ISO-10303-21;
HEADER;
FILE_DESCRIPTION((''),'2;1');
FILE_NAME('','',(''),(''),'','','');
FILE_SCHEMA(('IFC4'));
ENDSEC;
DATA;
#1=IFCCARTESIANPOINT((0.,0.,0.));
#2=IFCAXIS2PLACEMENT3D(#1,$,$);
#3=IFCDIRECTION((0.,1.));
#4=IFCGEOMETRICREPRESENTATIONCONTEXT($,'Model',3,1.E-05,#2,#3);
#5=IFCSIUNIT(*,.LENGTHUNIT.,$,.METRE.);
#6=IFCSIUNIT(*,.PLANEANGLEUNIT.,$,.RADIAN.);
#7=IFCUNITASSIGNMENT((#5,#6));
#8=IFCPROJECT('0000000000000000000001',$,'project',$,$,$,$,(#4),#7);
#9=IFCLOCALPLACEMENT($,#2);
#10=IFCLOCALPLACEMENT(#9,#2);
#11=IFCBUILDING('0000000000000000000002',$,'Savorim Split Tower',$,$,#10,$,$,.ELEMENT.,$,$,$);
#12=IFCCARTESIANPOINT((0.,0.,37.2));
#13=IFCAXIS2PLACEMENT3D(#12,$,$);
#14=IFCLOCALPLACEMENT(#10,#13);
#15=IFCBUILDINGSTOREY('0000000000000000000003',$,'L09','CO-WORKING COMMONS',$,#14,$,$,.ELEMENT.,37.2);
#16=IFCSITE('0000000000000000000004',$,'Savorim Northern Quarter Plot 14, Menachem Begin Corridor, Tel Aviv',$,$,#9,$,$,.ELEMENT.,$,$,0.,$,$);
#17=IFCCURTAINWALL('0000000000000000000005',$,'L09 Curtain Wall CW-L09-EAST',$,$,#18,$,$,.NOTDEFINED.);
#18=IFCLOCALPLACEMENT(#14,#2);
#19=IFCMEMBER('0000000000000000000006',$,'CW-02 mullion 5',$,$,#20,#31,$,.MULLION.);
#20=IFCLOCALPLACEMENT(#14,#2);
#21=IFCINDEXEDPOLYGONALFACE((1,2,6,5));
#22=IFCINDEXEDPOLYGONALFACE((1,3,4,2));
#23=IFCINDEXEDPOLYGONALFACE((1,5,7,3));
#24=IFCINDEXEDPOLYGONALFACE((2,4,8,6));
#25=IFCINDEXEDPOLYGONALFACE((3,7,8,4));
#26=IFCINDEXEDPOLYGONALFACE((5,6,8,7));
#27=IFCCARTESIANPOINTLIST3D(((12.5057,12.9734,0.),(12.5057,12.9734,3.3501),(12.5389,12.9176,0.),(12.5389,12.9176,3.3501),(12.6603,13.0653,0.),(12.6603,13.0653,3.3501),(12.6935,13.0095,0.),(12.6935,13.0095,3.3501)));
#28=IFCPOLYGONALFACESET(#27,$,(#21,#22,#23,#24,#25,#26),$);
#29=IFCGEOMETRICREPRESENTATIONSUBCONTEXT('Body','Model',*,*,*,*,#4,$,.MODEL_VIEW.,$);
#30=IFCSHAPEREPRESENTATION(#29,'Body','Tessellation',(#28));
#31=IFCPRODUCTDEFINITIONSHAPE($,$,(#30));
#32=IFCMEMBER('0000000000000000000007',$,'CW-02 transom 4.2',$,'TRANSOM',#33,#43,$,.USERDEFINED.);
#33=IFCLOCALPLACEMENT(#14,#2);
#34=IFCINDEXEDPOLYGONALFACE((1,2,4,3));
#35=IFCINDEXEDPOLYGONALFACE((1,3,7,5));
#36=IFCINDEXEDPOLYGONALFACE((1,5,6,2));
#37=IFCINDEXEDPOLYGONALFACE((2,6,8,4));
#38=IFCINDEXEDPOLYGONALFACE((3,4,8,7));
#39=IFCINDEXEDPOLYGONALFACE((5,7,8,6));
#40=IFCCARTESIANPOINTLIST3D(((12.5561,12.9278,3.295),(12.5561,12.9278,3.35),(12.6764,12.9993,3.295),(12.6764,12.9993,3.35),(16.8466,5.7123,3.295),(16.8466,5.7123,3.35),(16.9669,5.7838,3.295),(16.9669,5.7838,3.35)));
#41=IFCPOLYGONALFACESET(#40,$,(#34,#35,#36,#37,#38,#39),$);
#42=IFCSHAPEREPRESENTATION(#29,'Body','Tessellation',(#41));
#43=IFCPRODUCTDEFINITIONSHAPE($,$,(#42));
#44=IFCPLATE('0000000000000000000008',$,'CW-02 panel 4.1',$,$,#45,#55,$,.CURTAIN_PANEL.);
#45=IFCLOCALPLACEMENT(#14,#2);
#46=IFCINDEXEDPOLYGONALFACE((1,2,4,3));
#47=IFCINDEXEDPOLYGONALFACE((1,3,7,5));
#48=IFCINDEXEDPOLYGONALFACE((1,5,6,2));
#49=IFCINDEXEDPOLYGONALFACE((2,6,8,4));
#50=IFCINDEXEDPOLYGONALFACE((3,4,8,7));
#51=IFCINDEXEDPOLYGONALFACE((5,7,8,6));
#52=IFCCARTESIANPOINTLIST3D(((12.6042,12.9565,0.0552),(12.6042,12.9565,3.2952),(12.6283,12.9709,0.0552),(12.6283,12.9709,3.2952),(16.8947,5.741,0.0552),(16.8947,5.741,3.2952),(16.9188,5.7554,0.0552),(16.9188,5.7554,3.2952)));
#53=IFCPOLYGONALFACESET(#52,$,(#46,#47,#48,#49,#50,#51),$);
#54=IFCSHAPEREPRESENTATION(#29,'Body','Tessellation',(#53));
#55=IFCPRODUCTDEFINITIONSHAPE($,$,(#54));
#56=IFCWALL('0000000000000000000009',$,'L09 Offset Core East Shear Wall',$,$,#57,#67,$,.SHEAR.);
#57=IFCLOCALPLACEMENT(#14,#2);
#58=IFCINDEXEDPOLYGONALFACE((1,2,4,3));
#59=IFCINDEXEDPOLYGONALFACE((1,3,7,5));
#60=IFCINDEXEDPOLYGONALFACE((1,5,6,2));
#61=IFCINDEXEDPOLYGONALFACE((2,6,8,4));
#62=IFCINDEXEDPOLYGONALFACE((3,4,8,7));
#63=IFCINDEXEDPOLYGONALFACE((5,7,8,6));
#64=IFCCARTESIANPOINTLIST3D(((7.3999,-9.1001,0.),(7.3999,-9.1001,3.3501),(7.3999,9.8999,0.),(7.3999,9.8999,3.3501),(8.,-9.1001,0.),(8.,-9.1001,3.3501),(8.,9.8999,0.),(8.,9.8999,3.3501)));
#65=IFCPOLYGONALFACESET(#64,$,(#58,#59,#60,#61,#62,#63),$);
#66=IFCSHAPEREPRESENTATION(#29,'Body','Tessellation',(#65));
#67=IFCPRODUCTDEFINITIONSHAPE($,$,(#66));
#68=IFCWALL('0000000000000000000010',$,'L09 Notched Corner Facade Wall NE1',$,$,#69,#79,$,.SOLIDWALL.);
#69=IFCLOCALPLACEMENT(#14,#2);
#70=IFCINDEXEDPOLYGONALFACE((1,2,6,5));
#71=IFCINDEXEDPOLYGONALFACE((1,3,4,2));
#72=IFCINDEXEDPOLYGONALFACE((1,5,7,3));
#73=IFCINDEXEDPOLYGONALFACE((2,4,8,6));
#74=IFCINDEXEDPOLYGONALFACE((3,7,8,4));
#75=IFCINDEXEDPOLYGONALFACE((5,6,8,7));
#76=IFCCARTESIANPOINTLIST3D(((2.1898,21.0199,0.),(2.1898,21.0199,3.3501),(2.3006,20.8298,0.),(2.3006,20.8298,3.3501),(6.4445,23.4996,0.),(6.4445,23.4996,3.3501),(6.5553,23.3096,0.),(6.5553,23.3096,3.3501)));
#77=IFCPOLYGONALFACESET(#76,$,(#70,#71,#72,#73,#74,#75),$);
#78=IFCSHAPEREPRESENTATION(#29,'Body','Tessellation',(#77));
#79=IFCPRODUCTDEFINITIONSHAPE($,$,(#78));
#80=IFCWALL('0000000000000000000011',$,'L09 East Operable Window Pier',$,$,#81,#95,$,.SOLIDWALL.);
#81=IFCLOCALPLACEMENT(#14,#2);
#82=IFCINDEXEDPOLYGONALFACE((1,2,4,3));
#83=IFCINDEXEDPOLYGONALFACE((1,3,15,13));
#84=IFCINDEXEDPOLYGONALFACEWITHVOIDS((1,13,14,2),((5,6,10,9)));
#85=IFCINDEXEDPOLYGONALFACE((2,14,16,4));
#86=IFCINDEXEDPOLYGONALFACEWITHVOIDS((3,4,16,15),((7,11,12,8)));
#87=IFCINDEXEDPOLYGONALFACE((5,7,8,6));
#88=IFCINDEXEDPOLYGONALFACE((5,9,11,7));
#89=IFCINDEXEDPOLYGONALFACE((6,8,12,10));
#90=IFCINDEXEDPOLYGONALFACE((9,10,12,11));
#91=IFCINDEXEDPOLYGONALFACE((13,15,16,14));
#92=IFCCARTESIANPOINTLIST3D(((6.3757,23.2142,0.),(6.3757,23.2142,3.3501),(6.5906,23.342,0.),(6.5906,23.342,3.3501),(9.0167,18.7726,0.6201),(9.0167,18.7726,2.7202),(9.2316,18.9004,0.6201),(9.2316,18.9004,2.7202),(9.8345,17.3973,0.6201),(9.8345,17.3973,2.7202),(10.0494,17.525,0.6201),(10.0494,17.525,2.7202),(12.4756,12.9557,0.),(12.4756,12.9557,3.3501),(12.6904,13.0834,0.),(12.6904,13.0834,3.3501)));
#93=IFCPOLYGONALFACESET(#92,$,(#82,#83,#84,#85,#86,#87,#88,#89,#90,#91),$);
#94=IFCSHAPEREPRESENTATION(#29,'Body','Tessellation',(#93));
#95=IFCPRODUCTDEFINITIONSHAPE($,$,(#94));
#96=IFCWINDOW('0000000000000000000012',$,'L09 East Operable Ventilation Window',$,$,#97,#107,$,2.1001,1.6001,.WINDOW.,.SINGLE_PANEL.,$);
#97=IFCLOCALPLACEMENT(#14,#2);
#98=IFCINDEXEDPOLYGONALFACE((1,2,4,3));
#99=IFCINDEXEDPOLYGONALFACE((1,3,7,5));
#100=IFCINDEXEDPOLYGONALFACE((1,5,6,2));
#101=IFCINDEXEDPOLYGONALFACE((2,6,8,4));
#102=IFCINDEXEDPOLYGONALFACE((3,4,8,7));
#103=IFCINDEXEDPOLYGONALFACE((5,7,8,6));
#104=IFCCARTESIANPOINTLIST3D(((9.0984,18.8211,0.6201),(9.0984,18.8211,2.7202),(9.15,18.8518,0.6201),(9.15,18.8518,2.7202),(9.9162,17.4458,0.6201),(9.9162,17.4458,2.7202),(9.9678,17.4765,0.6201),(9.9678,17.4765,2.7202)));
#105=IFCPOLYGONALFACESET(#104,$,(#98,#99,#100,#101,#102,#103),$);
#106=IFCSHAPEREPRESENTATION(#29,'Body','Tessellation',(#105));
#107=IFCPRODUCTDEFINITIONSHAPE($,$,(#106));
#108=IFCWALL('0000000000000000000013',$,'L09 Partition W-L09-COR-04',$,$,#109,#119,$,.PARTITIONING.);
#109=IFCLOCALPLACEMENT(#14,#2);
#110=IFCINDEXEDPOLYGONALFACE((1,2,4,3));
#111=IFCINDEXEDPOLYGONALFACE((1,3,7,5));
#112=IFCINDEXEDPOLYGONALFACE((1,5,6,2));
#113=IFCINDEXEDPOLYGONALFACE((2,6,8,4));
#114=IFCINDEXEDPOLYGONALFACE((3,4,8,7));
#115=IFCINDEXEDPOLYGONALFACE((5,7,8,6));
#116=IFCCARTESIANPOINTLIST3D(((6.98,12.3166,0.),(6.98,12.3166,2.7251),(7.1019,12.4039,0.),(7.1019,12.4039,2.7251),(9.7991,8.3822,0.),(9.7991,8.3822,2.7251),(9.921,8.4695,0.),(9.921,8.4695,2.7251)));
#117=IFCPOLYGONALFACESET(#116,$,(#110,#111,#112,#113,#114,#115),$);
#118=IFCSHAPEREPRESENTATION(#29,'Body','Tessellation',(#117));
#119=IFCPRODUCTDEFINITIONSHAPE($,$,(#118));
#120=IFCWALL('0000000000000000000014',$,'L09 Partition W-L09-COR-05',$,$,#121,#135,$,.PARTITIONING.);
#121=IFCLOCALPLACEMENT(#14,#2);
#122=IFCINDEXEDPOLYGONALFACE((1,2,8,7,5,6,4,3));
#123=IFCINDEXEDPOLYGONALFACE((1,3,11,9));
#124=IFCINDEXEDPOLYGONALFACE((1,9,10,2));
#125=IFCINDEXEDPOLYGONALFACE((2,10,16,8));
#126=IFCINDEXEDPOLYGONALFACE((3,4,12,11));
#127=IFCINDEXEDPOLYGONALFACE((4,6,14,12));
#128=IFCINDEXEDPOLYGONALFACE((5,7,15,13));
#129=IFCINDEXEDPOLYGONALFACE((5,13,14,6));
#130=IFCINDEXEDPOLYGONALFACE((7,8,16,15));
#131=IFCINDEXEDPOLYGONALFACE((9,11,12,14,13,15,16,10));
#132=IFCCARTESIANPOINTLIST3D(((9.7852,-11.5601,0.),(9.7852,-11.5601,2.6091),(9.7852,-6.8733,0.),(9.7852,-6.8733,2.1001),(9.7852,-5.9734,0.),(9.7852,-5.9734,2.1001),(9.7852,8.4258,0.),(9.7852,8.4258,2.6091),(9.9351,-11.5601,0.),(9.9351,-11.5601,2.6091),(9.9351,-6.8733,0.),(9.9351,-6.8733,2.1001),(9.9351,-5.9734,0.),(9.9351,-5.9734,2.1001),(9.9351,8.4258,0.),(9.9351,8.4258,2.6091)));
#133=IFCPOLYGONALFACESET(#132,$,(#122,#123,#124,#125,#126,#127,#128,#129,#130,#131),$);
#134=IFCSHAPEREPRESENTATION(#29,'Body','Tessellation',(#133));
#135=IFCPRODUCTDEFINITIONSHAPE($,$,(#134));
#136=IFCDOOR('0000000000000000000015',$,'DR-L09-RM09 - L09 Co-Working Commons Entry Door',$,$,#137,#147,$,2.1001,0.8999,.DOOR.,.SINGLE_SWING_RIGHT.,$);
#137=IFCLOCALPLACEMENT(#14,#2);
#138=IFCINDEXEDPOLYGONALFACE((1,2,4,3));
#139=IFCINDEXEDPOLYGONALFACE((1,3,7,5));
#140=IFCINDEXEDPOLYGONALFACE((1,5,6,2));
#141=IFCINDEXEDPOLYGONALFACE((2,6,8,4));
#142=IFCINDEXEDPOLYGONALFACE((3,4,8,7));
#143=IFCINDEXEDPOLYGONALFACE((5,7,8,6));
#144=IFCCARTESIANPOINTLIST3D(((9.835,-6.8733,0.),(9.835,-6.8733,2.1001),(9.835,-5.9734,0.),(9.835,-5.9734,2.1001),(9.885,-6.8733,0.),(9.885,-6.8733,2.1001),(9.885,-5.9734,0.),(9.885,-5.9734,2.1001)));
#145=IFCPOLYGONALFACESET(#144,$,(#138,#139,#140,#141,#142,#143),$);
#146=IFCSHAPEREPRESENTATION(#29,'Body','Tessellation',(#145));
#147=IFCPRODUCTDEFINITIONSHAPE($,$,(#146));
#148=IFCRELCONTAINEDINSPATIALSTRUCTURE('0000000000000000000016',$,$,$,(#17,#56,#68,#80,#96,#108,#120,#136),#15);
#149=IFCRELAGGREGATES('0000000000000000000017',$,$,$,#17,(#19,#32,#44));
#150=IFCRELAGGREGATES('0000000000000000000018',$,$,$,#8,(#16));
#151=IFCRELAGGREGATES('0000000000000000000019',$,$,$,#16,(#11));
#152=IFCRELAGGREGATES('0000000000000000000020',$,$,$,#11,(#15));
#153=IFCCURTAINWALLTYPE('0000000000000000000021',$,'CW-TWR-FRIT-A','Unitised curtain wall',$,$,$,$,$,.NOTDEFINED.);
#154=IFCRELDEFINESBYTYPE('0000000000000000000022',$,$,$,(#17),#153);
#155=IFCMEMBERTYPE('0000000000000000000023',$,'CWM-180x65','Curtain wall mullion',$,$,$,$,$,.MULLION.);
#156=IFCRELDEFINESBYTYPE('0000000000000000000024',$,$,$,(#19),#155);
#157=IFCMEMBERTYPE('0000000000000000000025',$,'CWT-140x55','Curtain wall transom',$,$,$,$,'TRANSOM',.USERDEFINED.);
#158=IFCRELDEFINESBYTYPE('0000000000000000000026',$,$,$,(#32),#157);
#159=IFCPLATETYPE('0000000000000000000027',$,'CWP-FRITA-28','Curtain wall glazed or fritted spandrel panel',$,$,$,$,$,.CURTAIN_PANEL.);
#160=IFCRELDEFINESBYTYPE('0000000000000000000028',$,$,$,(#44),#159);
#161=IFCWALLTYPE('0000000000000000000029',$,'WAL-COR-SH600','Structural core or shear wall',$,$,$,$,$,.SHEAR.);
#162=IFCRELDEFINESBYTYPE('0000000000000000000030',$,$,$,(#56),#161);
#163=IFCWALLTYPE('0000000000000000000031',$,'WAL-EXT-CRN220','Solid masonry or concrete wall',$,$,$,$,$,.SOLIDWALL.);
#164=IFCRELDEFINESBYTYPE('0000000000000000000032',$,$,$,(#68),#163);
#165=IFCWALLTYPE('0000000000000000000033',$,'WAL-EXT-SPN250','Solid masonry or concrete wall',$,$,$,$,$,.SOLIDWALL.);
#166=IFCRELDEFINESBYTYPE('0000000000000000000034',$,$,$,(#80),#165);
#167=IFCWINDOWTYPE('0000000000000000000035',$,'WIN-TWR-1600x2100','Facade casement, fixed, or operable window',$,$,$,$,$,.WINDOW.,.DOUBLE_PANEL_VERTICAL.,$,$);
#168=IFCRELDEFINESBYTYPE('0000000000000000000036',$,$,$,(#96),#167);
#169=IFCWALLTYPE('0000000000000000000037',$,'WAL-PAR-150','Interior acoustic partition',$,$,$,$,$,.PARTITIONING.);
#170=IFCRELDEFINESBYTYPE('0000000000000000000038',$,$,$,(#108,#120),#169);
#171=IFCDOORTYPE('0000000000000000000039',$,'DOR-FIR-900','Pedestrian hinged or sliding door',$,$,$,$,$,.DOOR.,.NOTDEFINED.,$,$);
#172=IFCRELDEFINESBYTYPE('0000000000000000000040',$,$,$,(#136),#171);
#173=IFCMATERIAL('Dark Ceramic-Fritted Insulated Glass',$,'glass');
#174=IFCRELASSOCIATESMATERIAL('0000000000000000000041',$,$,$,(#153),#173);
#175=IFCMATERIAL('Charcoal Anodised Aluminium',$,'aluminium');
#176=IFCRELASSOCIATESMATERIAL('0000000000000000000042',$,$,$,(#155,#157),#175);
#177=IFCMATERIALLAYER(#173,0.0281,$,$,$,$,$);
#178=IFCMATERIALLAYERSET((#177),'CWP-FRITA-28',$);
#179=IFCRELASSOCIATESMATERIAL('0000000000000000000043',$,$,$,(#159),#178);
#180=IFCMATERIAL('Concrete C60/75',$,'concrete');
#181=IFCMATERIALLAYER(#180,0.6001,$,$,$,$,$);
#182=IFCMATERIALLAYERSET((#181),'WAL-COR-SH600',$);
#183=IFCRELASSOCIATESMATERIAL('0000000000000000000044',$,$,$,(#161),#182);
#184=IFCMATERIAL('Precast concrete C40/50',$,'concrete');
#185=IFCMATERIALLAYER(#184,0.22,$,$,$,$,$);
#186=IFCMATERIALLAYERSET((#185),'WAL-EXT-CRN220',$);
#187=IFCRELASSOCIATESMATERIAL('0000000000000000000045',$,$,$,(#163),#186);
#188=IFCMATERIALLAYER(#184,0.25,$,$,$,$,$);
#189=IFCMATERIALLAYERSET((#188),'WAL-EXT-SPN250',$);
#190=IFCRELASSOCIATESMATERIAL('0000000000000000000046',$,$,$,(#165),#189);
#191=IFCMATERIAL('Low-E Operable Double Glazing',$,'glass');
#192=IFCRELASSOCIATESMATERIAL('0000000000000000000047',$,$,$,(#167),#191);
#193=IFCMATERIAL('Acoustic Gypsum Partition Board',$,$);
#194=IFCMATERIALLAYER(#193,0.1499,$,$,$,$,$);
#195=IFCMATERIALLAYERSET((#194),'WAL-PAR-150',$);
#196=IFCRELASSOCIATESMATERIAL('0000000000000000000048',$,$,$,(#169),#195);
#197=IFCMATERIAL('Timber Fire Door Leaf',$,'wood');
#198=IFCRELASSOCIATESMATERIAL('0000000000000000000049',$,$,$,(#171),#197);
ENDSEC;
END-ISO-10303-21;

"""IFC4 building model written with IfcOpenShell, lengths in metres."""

from ifc_helpers import new_model, si_unit, direction, frame, frame_2d, origin, origin_2d, place, context, subcontext, project, spatial, rectangle, extrude, material, layer, layer_set, material_profile, profile_set, type_object, element, fill, aggregate, save


model = new_model("IFC4")

# Units and contexts
model_context = context("Model", 3, precision=1e-05, world=origin(), true_north=direction((0.0, 1.0)))
body_context = subcontext(model_context, "Body", "Model", "MODEL_VIEW")
ifc_project = project(units=[si_unit("LENGTHUNIT", "METRE"), si_unit("PLANEANGLEUNIT", "RADIAN")], contexts=[model_context])

# Site, building, storey
site_placement = place(None, origin())
site = spatial("IfcSite", under=ifc_project, at=site_placement, Name="Savorim Northern Quarter Plot 14, Menachem Begin Corridor, Tel Aviv", CompositionType="ELEMENT", RefElevation=0.0)
building_placement = place(site_placement, origin())
building = spatial("IfcBuilding", under=site, at=building_placement, Name="Savorim Split Tower", CompositionType="ELEMENT")
storey_placement = place(building_placement, frame((0.0, 0.0, 37.2)))
storey = spatial("IfcBuildingStorey", under=building, at=storey_placement, Name="L09", Description="CO-WORKING COMMONS", CompositionType="ELEMENT", Elevation=37.2)

# Curtain wall, members, plate
ifc_material_1 = material(Name="Dark Ceramic-Fritted Insulated Glass", Category="glass")
curtain_wall_type = type_object("IfcCurtainWallType", Name="CW-TWR-FRIT-A", Description="Unitised curtain wall", PredefinedType="NOTDEFINED", material=ifc_material_1)
curtain_wall_placement = place(storey_placement, origin())
curtain_wall = element("IfcCurtainWall", 1, at=curtain_wall_placement, inside=storey, type_object=curtain_wall_type, Name="L09 Curtain Wall CW-L09-EAST", PredefinedType="NOTDEFINED")
ifc_material_2 = material(Name="Charcoal Anodised Aluminium", Category="aluminium")
ifc_material_profile_1 = material_profile(ifc_material_2, rectangle(XDim=0.1799, YDim=0.0649, at=origin_2d()), Name="ALU-M 180x65")
ifc_profile_set_1 = profile_set([ifc_material_profile_1], Name="Charcoal Anodised Aluminium")
member_type_1 = type_object("IfcMemberType", Name="CWM-180x65", Description="Curtain wall mullion", PredefinedType="MULLION", material=ifc_profile_set_1)
member_1_placement = place(storey_placement, frame((12.5996, 12.9915, 0.0), z_axis=(0.0, 0.0, 1.0), x_axis=(-0.859526, -0.511092, 0.0)))
member_1 = element("IfcMember", 2, at=member_1_placement, type_object=member_type_1, Name="CW-02 mullion 5", PredefinedType="MULLION", context=body_context, shape_type="SweptSolid", body=[
    extrude(rectangle(XDim=0.1799, YDim=0.0649, at=origin_2d()), origin(), (0.0, 0.0, 1.0), 3.3501),
])
ifc_material_profile_2 = material_profile(ifc_material_2, rectangle(XDim=0.1399, YDim=0.0549, at=origin_2d()), Name="ALU-T 140x55")
ifc_profile_set_2 = profile_set([ifc_material_profile_2], Name="Charcoal Anodised Aluminium")
member_type_2 = type_object("IfcMemberType", Name="CWT-140x55", Description="Curtain wall transom", ElementType="TRANSOM", PredefinedType="USERDEFINED", material=ifc_profile_set_2)
member_2_placement = place(storey_placement, frame((16.9067, 5.748, 3.3225), z_axis=(-0.511092, 0.859526, 0.0), x_axis=(-0.859526, -0.511092, 0.0)))
member_2 = element("IfcMember", 3, at=member_2_placement, type_object=member_type_2, Name="CW-02 transom 4.2", ObjectType="TRANSOM", PredefinedType="USERDEFINED", context=body_context, shape_type="SweptSolid", body=[
    extrude(rectangle(XDim=0.1399, YDim=0.0549, at=origin_2d()), origin(), (0.0, 0.0, 1.0), 8.3948),
])
ifc_layer_1 = layer(ifc_material_1, 0.0281)
ifc_layer_set_1 = layer_set([ifc_layer_1], Name="CWP-FRITA-28")
plate_type = type_object("IfcPlateType", Name="CWP-FRITA-28", Description="Curtain wall glazed or fritted spandrel panel", PredefinedType="CURTAIN_PANEL", material=ifc_layer_set_1)
plate_placement = place(storey_placement, frame((14.7615, 9.356, 0.0552), z_axis=(0.0, 0.0, 1.0), x_axis=(-0.511092, 0.859526, 0.0)))
plate = element("IfcPlate", 4, at=plate_placement, type_object=plate_type, Name="CW-02 panel 4.1", PredefinedType="CURTAIN_PANEL", context=body_context, shape_type="SweptSolid", body=[
    extrude(rectangle(XDim=8.3948, YDim=0.0281, at=origin_2d()), origin(), (0.0, 0.0, 1.0), 3.24),
])
aggregate(curtain_wall, [member_1, member_2, plate])

# Shared definitions
ifc_material_3 = material(Name="Concrete C60/75", Category="concrete")
ifc_layer_2 = layer(ifc_material_3, 0.6001)
ifc_layer_set_2 = layer_set([ifc_layer_2], Name="WAL-COR-SH600")
wall_type_1 = type_object("IfcWallType", Name="WAL-COR-SH600", Description="Structural core or shear wall", PredefinedType="SHEAR", material=ifc_layer_set_2)
ifc_material_4 = material(Name="Timber Fire Door Leaf", Category="wood")

# Walls
wall_1_placement = place(storey_placement, frame((7.7, 9.8999, 0.0), z_axis=(0.0, 0.0, 1.0), x_axis=(0.0, -1.0, 0.0)))
element("IfcWall", 5, at=wall_1_placement, inside=storey, type_object=wall_type_1, Name="L09 Offset Core East Shear Wall", PredefinedType="SHEAR", context=body_context, shape_type="SweptSolid", body=[
    extrude(rectangle(XDim=19.0, YDim=0.6001, at=frame_2d((9.5, 0.0))), origin(), (0.0, 0.0, 1.0), 3.3501),
])
ifc_material_5 = material(Name="Precast concrete C40/50", Category="concrete")
ifc_layer_3 = layer(ifc_material_5, 0.22)
ifc_layer_set_3 = layer_set([ifc_layer_3], Name="WAL-EXT-CRN220")
wall_type_2 = type_object("IfcWallType", Name="WAL-EXT-CRN220", Description="Solid masonry or concrete wall", PredefinedType="SOLIDWALL", material=ifc_layer_set_3)
wall_2_placement = place(storey_placement, frame((2.2451, 20.9248, 0.0), z_axis=(0.0, 0.0, 1.0), x_axis=(0.863968, 0.503547, 0.0)))
element("IfcWall", 6, at=wall_2_placement, inside=storey, type_object=wall_type_2, Name="L09 Notched Corner Facade Wall NE1", PredefinedType="SOLIDWALL", context=body_context, shape_type="SweptSolid", body=[
    extrude(rectangle(XDim=4.9246, YDim=0.22, at=frame_2d((2.4624, 0.0))), origin(), (0.0, 0.0, 1.0), 3.3501),
])

# Wall, opening, window
ifc_layer_4 = layer(ifc_material_5, 0.25)
ifc_layer_set_4 = layer_set([ifc_layer_4], Name="WAL-EXT-SPN250")
wall_type_3 = type_object("IfcWallType", Name="WAL-EXT-SPN250", Description="Solid masonry or concrete wall", PredefinedType="SOLIDWALL", material=ifc_layer_set_4)
wall_3_placement = place(storey_placement, frame((6.4832, 23.2781, 0.0), z_axis=(0.0, 0.0, 1.0), x_axis=(0.511086, -0.859529, 0.0)))
wall_3 = element("IfcWall", 7, at=wall_3_placement, inside=storey, type_object=wall_type_3, Name="L09 East Operable Window Pier", PredefinedType="SOLIDWALL", context=body_context, shape_type="SweptSolid", body=[
    extrude(rectangle(XDim=11.9351, YDim=0.25, at=frame_2d((5.9675, 0.0))), origin(), (0.0, 0.0, 1.0), 3.3501),
])
opening_1_placement = place(wall_3_placement, frame((5.1675, 0.0, 0.6201)))
opening_1 = element("IfcOpeningElement", 8, at=opening_1_placement, cuts=wall_3, PredefinedType="OPENING", context=body_context, shape_type="SweptSolid", body=[
    extrude(rectangle(XDim=1.6001, YDim=2.1001, at=frame_2d((0.8, 1.05))), frame((0.0, 0.135, 0.0), z_axis=(0.0, -1.0, 0.0), x_axis=(1.0, 0.0, 0.0)), (0.0, 0.0, 1.0), 0.27),
])
ifc_material_6 = material(Name="Low-E Operable Double Glazing", Category="glass")
window_type = type_object("IfcWindowType", Name="WIN-TWR-1600x2100", Description="Facade casement, fixed, or operable window", PartitioningType="DOUBLE_PANEL_VERTICAL", PredefinedType="WINDOW", material=ifc_material_6)
window_placement = place(opening_1_placement, origin())
window = element("IfcWindow", 9, at=window_placement, inside=storey, type_object=window_type, Name="L09 East Operable Ventilation Window", OverallHeight=2.1001, OverallWidth=1.6001, PartitioningType="SINGLE_PANEL", PredefinedType="WINDOW", context=body_context, shape_type="SweptSolid", body=[
    extrude(rectangle(XDim=1.6001, YDim=2.1001, at=frame_2d((0.8, 1.05))), frame((0.0, 0.03, 0.0), z_axis=(0.0, -1.0, 0.0), x_axis=(1.0, 0.0, 0.0)), (0.0, 0.0, 1.0), 0.0601),
])
fill(opening_1, window)

# Wall
ifc_material_7 = material(Name="Acoustic Gypsum Partition Board")
ifc_layer_5 = layer(ifc_material_7, 0.1499)
ifc_layer_set_5 = layer_set([ifc_layer_5], Name="WAL-PAR-150")
wall_type_4 = type_object("IfcWallType", Name="WAL-PAR-150", Description="Interior acoustic partition", PredefinedType="PARTITIONING", material=ifc_layer_set_5)
wall_4_placement = place(storey_placement, frame((7.041, 12.3601, 0.0), z_axis=(0.0, 0.0, 1.0), x_axis=(0.58245, -0.812867, 0.0)))
element("IfcWall", 10, at=wall_4_placement, inside=storey, type_object=wall_type_4, Name="L09 Partition W-L09-COR-04", PredefinedType="PARTITIONING", context=body_context, shape_type="SweptSolid", body=[
    extrude(rectangle(XDim=4.8401, YDim=0.1499, at=frame_2d((2.4199, 0.0))), origin(), (0.0, 0.0, 1.0), 2.7251),
])

# Wall, opening, door
wall_5_placement = place(storey_placement, frame((9.8601, 8.4258, 0.0), z_axis=(0.0, 0.0, 1.0), x_axis=(0.0, -1.0, 0.0)))
wall_5 = element("IfcWall", 11, at=wall_5_placement, inside=storey, type_object=wall_type_4, Name="L09 Partition W-L09-COR-05", PredefinedType="PARTITIONING", context=body_context, shape_type="SweptSolid", body=[
    extrude(rectangle(XDim=19.9858, YDim=0.1499, at=frame_2d((9.9929, 0.0))), origin(), (0.0, 0.0, 1.0), 2.6091),
])
opening_2_placement = place(wall_5_placement, frame((14.3992, 0.0, 0.0)))
opening_2 = element("IfcOpeningElement", 12, at=opening_2_placement, cuts=wall_5, PredefinedType="OPENING", context=body_context, shape_type="SweptSolid", body=[
    extrude(rectangle(XDim=0.8999, YDim=2.1001, at=frame_2d((0.45, 1.05))), frame((0.0, 0.085, 0.0), z_axis=(0.0, -1.0, 0.0), x_axis=(1.0, 0.0, 0.0)), (0.0, 0.0, 1.0), 0.1699),
])
door_type_1 = type_object("IfcDoorType", Name="DOR-FIR-900", Description="Pedestrian hinged or sliding door", OperationType="NOTDEFINED", PredefinedType="DOOR", material=ifc_material_4)
door_1_placement = place(opening_2_placement, origin())
door_1 = element("IfcDoor", 13, at=door_1_placement, inside=storey, type_object=door_type_1, Name="DR-L09-RM09 - L09 Co-Working Commons Entry Door", OperationType="SINGLE_SWING_RIGHT", OverallHeight=2.1001, OverallWidth=0.8999, PredefinedType="DOOR", context=body_context, shape_type="SweptSolid", body=[
    extrude(rectangle(XDim=0.8999, YDim=2.1001, at=frame_2d((0.45, 1.05))), frame((0.0, 0.0249, 0.0), z_axis=(0.0, -1.0, 0.0), x_axis=(1.0, 0.0, 0.0)), (0.0, 0.0, 1.0), 0.05),
])
fill(opening_2, door_1)

save(model, "model.ifc")
